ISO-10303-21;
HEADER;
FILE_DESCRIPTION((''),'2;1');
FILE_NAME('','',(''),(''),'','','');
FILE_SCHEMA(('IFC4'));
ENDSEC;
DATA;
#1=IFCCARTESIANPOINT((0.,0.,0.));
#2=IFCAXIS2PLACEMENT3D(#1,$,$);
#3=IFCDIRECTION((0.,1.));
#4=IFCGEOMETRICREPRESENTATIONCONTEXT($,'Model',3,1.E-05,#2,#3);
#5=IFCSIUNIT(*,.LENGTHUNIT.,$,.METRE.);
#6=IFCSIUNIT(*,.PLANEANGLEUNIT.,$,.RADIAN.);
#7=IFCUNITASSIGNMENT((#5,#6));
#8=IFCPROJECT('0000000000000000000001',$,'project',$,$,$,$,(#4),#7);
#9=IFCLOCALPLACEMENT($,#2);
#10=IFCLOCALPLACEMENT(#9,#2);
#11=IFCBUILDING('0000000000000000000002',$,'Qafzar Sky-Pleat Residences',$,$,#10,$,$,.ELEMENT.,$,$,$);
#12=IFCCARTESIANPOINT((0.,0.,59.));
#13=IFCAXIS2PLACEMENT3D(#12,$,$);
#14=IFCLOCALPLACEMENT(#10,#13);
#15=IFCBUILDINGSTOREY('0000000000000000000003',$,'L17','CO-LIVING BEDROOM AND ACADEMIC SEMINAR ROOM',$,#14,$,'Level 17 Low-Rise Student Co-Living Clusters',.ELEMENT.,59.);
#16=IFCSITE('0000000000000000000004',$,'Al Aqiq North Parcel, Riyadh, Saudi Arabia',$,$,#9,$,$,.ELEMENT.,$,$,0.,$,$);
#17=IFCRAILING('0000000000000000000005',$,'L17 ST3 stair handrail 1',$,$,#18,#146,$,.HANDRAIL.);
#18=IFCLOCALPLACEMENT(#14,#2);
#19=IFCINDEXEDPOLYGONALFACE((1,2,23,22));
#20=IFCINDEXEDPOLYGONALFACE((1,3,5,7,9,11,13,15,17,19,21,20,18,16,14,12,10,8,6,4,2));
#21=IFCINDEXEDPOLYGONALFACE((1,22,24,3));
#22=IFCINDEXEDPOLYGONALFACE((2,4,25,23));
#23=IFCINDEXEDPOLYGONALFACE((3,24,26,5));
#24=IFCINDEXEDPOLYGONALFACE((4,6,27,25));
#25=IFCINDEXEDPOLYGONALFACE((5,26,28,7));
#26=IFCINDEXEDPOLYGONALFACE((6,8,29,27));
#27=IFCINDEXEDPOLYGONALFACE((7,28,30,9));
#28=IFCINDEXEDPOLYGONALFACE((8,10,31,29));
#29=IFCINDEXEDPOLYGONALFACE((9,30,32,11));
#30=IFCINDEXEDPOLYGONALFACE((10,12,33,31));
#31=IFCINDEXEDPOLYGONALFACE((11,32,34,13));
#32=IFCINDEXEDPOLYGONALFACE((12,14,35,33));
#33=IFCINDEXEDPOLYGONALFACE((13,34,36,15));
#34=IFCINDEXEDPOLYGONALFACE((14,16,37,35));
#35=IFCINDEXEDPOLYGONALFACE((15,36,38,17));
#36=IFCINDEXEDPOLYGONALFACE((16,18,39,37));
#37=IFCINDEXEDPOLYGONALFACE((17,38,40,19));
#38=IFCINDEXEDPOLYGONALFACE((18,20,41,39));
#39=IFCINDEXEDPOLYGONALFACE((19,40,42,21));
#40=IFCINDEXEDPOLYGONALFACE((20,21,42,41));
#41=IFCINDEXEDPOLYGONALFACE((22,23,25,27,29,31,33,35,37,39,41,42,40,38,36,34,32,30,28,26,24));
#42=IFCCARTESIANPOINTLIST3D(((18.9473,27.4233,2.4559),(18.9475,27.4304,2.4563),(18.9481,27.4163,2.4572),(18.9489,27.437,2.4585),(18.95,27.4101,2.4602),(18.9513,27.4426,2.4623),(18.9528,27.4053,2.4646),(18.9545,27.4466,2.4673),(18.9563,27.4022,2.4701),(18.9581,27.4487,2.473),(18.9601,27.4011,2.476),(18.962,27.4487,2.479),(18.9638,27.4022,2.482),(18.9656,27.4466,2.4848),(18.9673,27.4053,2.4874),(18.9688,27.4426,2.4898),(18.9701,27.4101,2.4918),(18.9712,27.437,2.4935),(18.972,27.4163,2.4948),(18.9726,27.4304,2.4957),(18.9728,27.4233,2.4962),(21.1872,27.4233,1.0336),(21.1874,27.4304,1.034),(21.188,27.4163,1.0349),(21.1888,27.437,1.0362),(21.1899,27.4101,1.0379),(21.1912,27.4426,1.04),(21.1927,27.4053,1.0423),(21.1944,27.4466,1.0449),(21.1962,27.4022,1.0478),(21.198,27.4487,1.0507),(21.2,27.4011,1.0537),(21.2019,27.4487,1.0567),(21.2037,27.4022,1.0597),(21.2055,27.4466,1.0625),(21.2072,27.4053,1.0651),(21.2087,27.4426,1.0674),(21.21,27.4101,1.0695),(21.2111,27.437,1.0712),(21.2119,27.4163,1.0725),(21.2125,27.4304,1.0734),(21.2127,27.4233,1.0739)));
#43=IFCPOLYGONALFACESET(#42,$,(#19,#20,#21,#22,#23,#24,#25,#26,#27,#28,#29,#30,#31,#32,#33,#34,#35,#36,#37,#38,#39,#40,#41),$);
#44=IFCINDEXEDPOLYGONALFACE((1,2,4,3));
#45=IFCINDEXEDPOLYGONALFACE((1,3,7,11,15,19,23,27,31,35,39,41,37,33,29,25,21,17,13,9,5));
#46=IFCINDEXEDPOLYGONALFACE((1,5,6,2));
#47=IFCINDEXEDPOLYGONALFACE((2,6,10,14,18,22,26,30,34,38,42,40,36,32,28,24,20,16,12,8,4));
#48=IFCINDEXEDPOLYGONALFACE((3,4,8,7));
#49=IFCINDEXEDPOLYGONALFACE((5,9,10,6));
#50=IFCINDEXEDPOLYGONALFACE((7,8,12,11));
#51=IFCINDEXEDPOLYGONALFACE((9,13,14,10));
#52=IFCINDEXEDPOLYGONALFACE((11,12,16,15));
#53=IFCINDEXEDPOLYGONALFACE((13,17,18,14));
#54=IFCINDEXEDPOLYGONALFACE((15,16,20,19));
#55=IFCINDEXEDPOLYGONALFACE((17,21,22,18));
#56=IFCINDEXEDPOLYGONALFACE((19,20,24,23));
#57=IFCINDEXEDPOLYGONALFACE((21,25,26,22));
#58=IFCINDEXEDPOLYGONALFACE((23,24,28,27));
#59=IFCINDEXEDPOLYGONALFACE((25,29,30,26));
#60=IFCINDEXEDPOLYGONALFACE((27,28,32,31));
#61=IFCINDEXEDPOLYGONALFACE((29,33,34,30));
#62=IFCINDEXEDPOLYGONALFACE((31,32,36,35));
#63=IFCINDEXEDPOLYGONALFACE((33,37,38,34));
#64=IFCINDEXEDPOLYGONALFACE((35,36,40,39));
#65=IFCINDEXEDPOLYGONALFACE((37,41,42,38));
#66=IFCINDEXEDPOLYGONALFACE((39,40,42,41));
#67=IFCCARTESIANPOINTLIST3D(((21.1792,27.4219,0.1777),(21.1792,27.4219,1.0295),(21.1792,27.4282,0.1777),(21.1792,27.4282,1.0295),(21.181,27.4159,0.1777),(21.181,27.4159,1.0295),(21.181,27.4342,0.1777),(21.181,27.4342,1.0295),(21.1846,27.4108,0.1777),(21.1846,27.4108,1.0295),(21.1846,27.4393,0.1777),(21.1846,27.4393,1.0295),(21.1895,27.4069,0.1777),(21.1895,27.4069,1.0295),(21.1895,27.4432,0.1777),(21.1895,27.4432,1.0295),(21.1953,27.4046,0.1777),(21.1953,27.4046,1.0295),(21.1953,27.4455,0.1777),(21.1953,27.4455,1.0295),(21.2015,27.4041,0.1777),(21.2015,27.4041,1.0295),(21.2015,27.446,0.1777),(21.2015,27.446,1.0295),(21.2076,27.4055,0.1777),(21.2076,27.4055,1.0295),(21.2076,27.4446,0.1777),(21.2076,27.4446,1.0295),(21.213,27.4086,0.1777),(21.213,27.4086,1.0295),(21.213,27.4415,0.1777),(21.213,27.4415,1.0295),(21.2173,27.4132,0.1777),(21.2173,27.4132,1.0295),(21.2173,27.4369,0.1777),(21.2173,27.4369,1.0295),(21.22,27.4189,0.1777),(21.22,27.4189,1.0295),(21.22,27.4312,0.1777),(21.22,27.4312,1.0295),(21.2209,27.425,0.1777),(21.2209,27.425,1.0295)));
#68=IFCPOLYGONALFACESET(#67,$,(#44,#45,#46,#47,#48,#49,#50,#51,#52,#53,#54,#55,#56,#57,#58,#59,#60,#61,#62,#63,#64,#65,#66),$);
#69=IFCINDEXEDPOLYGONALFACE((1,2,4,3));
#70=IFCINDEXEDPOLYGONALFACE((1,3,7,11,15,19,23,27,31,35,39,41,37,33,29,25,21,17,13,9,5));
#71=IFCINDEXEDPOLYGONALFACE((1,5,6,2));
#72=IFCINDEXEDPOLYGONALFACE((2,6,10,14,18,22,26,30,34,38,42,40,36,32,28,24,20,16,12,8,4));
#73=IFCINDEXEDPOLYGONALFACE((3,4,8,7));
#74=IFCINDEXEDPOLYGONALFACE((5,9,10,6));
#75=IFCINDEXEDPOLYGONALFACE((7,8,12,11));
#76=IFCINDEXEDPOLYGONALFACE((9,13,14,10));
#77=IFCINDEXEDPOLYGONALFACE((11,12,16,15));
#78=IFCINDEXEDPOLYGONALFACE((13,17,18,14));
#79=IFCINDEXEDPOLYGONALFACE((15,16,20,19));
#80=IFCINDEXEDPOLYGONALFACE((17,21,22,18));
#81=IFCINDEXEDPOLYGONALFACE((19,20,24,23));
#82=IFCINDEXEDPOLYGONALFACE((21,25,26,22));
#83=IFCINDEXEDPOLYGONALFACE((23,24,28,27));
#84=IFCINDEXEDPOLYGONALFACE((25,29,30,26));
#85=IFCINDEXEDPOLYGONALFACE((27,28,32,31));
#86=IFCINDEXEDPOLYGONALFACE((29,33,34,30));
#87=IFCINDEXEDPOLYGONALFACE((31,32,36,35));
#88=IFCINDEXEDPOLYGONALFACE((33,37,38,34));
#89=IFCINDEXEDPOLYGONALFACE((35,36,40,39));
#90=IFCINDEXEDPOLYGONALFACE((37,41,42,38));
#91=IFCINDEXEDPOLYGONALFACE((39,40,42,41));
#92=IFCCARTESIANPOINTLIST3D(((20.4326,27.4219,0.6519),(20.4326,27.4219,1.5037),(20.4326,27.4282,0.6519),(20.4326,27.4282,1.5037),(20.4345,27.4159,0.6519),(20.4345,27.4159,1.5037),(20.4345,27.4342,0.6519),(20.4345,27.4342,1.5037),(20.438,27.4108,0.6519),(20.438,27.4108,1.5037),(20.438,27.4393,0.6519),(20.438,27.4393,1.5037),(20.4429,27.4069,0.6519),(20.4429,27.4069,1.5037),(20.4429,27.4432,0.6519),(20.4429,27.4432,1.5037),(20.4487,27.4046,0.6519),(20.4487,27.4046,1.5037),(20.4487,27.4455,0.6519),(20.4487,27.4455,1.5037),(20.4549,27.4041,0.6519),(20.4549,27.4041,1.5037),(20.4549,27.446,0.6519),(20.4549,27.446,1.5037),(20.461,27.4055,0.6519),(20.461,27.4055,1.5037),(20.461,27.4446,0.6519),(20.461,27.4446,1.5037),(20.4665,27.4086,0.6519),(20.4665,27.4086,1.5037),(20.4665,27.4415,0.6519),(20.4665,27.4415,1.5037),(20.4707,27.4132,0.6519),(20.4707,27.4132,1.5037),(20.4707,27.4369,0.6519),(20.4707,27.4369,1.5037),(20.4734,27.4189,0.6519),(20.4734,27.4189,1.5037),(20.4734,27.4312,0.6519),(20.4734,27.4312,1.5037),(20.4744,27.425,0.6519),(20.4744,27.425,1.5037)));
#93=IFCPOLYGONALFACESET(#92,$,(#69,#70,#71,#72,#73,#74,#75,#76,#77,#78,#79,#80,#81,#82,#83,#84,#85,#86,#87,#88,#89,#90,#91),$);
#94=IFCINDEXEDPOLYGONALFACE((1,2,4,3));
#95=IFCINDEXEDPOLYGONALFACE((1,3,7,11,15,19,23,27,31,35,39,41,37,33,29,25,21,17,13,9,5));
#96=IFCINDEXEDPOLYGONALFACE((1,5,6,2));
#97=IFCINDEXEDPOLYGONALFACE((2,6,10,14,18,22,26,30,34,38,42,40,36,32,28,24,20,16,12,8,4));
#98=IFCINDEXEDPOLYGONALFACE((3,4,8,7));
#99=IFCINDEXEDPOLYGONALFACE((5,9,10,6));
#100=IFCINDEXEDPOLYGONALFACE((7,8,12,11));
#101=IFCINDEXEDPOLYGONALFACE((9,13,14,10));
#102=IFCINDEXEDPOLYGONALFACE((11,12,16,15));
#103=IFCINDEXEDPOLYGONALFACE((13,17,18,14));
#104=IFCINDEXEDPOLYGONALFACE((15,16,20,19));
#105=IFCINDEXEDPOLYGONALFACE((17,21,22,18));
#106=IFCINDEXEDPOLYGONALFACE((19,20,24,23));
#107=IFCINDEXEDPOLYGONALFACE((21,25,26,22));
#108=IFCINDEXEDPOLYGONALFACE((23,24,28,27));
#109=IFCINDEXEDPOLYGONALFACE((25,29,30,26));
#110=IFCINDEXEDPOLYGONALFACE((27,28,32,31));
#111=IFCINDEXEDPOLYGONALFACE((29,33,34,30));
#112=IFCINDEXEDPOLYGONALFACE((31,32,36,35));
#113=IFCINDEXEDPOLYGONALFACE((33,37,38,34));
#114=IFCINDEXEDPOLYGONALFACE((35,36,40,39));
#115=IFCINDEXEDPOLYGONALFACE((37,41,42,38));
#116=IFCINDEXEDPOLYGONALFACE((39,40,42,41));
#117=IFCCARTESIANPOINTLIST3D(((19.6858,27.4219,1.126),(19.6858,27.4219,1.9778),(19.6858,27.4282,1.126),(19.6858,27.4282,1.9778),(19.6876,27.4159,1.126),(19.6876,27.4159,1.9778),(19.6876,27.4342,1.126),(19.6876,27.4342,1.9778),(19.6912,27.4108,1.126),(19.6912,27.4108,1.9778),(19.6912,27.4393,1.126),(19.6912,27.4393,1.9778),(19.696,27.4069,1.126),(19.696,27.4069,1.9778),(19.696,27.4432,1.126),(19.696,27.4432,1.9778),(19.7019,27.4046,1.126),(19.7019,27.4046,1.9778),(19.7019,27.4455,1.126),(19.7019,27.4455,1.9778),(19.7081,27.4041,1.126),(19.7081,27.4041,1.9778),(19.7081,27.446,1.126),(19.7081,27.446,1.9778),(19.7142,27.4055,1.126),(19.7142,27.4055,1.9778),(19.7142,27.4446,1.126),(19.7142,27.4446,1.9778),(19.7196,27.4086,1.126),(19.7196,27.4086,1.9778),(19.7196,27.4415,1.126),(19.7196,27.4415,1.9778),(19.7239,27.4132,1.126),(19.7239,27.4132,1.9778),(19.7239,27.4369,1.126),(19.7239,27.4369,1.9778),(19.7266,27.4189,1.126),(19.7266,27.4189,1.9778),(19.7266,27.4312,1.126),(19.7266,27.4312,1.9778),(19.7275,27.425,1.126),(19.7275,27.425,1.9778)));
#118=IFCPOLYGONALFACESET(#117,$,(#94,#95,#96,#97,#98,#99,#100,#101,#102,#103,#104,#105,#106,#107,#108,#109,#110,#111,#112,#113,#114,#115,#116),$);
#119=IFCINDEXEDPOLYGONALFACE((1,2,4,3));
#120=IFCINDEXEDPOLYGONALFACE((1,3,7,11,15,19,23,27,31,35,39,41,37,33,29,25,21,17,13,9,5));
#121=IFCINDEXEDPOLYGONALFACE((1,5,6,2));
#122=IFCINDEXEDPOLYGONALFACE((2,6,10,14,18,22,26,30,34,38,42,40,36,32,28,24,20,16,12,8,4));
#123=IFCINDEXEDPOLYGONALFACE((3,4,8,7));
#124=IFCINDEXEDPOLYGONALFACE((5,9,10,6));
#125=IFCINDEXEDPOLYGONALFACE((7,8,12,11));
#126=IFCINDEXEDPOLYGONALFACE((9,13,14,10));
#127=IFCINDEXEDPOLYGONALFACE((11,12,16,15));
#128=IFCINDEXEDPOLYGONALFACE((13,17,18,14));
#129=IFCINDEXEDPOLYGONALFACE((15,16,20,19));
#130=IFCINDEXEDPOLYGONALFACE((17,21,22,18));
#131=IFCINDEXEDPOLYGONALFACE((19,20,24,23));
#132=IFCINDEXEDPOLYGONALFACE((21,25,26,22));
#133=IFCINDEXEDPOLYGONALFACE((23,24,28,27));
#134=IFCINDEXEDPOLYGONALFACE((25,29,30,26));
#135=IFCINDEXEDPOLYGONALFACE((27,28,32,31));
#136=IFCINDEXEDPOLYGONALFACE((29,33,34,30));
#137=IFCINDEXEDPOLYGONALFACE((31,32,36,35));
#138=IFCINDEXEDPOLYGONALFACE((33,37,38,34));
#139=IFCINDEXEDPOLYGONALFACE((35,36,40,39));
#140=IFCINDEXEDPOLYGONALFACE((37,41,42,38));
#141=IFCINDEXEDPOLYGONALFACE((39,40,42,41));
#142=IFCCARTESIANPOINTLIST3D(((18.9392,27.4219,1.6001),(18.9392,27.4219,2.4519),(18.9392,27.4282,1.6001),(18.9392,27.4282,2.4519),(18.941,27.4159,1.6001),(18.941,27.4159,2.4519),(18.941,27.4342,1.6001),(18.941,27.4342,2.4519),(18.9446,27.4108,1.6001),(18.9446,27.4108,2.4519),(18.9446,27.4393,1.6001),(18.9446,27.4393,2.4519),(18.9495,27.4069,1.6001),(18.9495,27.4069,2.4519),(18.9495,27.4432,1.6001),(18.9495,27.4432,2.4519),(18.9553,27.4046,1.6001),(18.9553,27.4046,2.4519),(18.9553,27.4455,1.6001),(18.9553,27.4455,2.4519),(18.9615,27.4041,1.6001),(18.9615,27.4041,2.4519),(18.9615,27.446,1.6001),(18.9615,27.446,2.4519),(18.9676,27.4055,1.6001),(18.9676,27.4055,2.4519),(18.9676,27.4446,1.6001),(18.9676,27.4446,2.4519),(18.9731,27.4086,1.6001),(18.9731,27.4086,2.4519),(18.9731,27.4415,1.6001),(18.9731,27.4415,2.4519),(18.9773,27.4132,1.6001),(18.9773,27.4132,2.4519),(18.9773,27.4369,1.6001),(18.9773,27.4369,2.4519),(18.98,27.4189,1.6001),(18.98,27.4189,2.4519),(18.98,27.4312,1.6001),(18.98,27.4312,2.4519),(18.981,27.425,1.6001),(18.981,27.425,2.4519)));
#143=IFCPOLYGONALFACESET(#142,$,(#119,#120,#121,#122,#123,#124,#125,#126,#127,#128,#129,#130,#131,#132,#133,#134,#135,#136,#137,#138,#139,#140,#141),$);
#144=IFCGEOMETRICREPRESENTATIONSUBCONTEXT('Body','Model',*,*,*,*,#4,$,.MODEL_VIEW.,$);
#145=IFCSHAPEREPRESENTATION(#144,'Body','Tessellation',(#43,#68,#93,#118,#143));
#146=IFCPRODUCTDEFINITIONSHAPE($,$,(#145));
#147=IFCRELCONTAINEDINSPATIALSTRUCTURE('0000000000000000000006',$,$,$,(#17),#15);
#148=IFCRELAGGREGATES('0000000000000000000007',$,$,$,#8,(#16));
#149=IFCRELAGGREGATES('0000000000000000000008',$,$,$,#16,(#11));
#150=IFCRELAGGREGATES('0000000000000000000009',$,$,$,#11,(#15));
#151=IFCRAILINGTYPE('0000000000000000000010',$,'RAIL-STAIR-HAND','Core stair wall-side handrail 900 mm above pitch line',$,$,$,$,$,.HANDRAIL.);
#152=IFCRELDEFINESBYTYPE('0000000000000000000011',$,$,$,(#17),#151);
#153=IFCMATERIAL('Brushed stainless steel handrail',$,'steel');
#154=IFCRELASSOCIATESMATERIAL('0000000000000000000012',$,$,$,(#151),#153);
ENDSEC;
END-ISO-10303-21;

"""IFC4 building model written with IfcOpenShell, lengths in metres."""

from ifc_helpers import new_model, si_unit, direction, frame, origin, origin_2d, place, context, subcontext, project, spatial, circle, extrude, source, transform, mapped, material, type_object, element, save


model = new_model("IFC4")

# Units and contexts
model_context = context("Model", 3, precision=1e-05, world=origin(), true_north=direction((0.0, 1.0)))
body_context = subcontext(model_context, "Body", "Model", "MODEL_VIEW")
ifc_project = project(units=[si_unit("LENGTHUNIT", "METRE"), si_unit("PLANEANGLEUNIT", "RADIAN")], contexts=[model_context])

# Site, building, storey
site_placement = place(None, origin())
site = spatial("IfcSite", under=ifc_project, at=site_placement, Name="Al Aqiq North Parcel, Riyadh, Saudi Arabia", CompositionType="ELEMENT", RefElevation=0.0)
building_placement = place(site_placement, origin())
building = spatial("IfcBuilding", under=site, at=building_placement, Name="Qafzar Sky-Pleat Residences", CompositionType="ELEMENT")
storey_placement = place(building_placement, frame((0.0, 0.0, 59.0)))
storey = spatial("IfcBuildingStorey", under=building, at=storey_placement, Name="L17", Description="CO-LIVING BEDROOM AND ACADEMIC SEMINAR ROOM", LongName="Level 17 Low-Rise Student Co-Living Clusters", CompositionType="ELEMENT", Elevation=59.0)

# Railing
ifc_material_1 = material(Name="Brushed stainless steel handrail", Category="steel")
railing_type_1 = type_object("IfcRailingType", Name="RAIL-STAIR-HAND", Description="Core stair wall-side handrail 900 mm above pitch line", PredefinedType="HANDRAIL", material=ifc_material_1)
shared_shape_1 = source(origin(), body_context, "Body", "SweptSolid", [
    extrude(circle(Radius=0.0239, at=origin_2d()), frame((0.0, 0.0, 0.876), z_axis=(-0.844188, 0.0, 0.536048), x_axis=(0.0, -1.0, 0.0)), (0.0, 0.0, 1.0), 2.6533),
    extrude(circle(Radius=0.021, at=origin_2d()), origin(), (0.0, 0.0, 1.0), 0.8518),
    extrude(circle(Radius=0.021, at=origin_2d()), frame((-0.7466, 0.0, 0.4741)), (0.0, 0.0, 1.0), 0.8518),
    extrude(circle(Radius=0.021, at=origin_2d()), frame((-1.4934, 0.0, 0.9482)), (0.0, 0.0, 1.0), 0.8518),
    extrude(circle(Radius=0.021, at=origin_2d()), frame((-2.24, 0.0, 1.4224)), (0.0, 0.0, 1.0), 0.8518),
])
railing_1_placement = place(storey_placement, frame((21.2, 27.425, 0.1777)))
element("IfcRailing", 1, at=railing_1_placement, inside=storey, type_object=railing_type_1, Name="L17 ST3 stair handrail 1", PredefinedType="HANDRAIL", context=body_context, shape_type="MappedRepresentation", body=[
    mapped(shared_shape_1, transform((0.0, 0.0, 0.0), x_axis=(1.0, 0.0, 0.0), y_axis=(0.0, 1.0, 0.0), z_axis=(0.0, 0.0, 1.0), scale=1.0)),
])

save(model, "model.ifc")
